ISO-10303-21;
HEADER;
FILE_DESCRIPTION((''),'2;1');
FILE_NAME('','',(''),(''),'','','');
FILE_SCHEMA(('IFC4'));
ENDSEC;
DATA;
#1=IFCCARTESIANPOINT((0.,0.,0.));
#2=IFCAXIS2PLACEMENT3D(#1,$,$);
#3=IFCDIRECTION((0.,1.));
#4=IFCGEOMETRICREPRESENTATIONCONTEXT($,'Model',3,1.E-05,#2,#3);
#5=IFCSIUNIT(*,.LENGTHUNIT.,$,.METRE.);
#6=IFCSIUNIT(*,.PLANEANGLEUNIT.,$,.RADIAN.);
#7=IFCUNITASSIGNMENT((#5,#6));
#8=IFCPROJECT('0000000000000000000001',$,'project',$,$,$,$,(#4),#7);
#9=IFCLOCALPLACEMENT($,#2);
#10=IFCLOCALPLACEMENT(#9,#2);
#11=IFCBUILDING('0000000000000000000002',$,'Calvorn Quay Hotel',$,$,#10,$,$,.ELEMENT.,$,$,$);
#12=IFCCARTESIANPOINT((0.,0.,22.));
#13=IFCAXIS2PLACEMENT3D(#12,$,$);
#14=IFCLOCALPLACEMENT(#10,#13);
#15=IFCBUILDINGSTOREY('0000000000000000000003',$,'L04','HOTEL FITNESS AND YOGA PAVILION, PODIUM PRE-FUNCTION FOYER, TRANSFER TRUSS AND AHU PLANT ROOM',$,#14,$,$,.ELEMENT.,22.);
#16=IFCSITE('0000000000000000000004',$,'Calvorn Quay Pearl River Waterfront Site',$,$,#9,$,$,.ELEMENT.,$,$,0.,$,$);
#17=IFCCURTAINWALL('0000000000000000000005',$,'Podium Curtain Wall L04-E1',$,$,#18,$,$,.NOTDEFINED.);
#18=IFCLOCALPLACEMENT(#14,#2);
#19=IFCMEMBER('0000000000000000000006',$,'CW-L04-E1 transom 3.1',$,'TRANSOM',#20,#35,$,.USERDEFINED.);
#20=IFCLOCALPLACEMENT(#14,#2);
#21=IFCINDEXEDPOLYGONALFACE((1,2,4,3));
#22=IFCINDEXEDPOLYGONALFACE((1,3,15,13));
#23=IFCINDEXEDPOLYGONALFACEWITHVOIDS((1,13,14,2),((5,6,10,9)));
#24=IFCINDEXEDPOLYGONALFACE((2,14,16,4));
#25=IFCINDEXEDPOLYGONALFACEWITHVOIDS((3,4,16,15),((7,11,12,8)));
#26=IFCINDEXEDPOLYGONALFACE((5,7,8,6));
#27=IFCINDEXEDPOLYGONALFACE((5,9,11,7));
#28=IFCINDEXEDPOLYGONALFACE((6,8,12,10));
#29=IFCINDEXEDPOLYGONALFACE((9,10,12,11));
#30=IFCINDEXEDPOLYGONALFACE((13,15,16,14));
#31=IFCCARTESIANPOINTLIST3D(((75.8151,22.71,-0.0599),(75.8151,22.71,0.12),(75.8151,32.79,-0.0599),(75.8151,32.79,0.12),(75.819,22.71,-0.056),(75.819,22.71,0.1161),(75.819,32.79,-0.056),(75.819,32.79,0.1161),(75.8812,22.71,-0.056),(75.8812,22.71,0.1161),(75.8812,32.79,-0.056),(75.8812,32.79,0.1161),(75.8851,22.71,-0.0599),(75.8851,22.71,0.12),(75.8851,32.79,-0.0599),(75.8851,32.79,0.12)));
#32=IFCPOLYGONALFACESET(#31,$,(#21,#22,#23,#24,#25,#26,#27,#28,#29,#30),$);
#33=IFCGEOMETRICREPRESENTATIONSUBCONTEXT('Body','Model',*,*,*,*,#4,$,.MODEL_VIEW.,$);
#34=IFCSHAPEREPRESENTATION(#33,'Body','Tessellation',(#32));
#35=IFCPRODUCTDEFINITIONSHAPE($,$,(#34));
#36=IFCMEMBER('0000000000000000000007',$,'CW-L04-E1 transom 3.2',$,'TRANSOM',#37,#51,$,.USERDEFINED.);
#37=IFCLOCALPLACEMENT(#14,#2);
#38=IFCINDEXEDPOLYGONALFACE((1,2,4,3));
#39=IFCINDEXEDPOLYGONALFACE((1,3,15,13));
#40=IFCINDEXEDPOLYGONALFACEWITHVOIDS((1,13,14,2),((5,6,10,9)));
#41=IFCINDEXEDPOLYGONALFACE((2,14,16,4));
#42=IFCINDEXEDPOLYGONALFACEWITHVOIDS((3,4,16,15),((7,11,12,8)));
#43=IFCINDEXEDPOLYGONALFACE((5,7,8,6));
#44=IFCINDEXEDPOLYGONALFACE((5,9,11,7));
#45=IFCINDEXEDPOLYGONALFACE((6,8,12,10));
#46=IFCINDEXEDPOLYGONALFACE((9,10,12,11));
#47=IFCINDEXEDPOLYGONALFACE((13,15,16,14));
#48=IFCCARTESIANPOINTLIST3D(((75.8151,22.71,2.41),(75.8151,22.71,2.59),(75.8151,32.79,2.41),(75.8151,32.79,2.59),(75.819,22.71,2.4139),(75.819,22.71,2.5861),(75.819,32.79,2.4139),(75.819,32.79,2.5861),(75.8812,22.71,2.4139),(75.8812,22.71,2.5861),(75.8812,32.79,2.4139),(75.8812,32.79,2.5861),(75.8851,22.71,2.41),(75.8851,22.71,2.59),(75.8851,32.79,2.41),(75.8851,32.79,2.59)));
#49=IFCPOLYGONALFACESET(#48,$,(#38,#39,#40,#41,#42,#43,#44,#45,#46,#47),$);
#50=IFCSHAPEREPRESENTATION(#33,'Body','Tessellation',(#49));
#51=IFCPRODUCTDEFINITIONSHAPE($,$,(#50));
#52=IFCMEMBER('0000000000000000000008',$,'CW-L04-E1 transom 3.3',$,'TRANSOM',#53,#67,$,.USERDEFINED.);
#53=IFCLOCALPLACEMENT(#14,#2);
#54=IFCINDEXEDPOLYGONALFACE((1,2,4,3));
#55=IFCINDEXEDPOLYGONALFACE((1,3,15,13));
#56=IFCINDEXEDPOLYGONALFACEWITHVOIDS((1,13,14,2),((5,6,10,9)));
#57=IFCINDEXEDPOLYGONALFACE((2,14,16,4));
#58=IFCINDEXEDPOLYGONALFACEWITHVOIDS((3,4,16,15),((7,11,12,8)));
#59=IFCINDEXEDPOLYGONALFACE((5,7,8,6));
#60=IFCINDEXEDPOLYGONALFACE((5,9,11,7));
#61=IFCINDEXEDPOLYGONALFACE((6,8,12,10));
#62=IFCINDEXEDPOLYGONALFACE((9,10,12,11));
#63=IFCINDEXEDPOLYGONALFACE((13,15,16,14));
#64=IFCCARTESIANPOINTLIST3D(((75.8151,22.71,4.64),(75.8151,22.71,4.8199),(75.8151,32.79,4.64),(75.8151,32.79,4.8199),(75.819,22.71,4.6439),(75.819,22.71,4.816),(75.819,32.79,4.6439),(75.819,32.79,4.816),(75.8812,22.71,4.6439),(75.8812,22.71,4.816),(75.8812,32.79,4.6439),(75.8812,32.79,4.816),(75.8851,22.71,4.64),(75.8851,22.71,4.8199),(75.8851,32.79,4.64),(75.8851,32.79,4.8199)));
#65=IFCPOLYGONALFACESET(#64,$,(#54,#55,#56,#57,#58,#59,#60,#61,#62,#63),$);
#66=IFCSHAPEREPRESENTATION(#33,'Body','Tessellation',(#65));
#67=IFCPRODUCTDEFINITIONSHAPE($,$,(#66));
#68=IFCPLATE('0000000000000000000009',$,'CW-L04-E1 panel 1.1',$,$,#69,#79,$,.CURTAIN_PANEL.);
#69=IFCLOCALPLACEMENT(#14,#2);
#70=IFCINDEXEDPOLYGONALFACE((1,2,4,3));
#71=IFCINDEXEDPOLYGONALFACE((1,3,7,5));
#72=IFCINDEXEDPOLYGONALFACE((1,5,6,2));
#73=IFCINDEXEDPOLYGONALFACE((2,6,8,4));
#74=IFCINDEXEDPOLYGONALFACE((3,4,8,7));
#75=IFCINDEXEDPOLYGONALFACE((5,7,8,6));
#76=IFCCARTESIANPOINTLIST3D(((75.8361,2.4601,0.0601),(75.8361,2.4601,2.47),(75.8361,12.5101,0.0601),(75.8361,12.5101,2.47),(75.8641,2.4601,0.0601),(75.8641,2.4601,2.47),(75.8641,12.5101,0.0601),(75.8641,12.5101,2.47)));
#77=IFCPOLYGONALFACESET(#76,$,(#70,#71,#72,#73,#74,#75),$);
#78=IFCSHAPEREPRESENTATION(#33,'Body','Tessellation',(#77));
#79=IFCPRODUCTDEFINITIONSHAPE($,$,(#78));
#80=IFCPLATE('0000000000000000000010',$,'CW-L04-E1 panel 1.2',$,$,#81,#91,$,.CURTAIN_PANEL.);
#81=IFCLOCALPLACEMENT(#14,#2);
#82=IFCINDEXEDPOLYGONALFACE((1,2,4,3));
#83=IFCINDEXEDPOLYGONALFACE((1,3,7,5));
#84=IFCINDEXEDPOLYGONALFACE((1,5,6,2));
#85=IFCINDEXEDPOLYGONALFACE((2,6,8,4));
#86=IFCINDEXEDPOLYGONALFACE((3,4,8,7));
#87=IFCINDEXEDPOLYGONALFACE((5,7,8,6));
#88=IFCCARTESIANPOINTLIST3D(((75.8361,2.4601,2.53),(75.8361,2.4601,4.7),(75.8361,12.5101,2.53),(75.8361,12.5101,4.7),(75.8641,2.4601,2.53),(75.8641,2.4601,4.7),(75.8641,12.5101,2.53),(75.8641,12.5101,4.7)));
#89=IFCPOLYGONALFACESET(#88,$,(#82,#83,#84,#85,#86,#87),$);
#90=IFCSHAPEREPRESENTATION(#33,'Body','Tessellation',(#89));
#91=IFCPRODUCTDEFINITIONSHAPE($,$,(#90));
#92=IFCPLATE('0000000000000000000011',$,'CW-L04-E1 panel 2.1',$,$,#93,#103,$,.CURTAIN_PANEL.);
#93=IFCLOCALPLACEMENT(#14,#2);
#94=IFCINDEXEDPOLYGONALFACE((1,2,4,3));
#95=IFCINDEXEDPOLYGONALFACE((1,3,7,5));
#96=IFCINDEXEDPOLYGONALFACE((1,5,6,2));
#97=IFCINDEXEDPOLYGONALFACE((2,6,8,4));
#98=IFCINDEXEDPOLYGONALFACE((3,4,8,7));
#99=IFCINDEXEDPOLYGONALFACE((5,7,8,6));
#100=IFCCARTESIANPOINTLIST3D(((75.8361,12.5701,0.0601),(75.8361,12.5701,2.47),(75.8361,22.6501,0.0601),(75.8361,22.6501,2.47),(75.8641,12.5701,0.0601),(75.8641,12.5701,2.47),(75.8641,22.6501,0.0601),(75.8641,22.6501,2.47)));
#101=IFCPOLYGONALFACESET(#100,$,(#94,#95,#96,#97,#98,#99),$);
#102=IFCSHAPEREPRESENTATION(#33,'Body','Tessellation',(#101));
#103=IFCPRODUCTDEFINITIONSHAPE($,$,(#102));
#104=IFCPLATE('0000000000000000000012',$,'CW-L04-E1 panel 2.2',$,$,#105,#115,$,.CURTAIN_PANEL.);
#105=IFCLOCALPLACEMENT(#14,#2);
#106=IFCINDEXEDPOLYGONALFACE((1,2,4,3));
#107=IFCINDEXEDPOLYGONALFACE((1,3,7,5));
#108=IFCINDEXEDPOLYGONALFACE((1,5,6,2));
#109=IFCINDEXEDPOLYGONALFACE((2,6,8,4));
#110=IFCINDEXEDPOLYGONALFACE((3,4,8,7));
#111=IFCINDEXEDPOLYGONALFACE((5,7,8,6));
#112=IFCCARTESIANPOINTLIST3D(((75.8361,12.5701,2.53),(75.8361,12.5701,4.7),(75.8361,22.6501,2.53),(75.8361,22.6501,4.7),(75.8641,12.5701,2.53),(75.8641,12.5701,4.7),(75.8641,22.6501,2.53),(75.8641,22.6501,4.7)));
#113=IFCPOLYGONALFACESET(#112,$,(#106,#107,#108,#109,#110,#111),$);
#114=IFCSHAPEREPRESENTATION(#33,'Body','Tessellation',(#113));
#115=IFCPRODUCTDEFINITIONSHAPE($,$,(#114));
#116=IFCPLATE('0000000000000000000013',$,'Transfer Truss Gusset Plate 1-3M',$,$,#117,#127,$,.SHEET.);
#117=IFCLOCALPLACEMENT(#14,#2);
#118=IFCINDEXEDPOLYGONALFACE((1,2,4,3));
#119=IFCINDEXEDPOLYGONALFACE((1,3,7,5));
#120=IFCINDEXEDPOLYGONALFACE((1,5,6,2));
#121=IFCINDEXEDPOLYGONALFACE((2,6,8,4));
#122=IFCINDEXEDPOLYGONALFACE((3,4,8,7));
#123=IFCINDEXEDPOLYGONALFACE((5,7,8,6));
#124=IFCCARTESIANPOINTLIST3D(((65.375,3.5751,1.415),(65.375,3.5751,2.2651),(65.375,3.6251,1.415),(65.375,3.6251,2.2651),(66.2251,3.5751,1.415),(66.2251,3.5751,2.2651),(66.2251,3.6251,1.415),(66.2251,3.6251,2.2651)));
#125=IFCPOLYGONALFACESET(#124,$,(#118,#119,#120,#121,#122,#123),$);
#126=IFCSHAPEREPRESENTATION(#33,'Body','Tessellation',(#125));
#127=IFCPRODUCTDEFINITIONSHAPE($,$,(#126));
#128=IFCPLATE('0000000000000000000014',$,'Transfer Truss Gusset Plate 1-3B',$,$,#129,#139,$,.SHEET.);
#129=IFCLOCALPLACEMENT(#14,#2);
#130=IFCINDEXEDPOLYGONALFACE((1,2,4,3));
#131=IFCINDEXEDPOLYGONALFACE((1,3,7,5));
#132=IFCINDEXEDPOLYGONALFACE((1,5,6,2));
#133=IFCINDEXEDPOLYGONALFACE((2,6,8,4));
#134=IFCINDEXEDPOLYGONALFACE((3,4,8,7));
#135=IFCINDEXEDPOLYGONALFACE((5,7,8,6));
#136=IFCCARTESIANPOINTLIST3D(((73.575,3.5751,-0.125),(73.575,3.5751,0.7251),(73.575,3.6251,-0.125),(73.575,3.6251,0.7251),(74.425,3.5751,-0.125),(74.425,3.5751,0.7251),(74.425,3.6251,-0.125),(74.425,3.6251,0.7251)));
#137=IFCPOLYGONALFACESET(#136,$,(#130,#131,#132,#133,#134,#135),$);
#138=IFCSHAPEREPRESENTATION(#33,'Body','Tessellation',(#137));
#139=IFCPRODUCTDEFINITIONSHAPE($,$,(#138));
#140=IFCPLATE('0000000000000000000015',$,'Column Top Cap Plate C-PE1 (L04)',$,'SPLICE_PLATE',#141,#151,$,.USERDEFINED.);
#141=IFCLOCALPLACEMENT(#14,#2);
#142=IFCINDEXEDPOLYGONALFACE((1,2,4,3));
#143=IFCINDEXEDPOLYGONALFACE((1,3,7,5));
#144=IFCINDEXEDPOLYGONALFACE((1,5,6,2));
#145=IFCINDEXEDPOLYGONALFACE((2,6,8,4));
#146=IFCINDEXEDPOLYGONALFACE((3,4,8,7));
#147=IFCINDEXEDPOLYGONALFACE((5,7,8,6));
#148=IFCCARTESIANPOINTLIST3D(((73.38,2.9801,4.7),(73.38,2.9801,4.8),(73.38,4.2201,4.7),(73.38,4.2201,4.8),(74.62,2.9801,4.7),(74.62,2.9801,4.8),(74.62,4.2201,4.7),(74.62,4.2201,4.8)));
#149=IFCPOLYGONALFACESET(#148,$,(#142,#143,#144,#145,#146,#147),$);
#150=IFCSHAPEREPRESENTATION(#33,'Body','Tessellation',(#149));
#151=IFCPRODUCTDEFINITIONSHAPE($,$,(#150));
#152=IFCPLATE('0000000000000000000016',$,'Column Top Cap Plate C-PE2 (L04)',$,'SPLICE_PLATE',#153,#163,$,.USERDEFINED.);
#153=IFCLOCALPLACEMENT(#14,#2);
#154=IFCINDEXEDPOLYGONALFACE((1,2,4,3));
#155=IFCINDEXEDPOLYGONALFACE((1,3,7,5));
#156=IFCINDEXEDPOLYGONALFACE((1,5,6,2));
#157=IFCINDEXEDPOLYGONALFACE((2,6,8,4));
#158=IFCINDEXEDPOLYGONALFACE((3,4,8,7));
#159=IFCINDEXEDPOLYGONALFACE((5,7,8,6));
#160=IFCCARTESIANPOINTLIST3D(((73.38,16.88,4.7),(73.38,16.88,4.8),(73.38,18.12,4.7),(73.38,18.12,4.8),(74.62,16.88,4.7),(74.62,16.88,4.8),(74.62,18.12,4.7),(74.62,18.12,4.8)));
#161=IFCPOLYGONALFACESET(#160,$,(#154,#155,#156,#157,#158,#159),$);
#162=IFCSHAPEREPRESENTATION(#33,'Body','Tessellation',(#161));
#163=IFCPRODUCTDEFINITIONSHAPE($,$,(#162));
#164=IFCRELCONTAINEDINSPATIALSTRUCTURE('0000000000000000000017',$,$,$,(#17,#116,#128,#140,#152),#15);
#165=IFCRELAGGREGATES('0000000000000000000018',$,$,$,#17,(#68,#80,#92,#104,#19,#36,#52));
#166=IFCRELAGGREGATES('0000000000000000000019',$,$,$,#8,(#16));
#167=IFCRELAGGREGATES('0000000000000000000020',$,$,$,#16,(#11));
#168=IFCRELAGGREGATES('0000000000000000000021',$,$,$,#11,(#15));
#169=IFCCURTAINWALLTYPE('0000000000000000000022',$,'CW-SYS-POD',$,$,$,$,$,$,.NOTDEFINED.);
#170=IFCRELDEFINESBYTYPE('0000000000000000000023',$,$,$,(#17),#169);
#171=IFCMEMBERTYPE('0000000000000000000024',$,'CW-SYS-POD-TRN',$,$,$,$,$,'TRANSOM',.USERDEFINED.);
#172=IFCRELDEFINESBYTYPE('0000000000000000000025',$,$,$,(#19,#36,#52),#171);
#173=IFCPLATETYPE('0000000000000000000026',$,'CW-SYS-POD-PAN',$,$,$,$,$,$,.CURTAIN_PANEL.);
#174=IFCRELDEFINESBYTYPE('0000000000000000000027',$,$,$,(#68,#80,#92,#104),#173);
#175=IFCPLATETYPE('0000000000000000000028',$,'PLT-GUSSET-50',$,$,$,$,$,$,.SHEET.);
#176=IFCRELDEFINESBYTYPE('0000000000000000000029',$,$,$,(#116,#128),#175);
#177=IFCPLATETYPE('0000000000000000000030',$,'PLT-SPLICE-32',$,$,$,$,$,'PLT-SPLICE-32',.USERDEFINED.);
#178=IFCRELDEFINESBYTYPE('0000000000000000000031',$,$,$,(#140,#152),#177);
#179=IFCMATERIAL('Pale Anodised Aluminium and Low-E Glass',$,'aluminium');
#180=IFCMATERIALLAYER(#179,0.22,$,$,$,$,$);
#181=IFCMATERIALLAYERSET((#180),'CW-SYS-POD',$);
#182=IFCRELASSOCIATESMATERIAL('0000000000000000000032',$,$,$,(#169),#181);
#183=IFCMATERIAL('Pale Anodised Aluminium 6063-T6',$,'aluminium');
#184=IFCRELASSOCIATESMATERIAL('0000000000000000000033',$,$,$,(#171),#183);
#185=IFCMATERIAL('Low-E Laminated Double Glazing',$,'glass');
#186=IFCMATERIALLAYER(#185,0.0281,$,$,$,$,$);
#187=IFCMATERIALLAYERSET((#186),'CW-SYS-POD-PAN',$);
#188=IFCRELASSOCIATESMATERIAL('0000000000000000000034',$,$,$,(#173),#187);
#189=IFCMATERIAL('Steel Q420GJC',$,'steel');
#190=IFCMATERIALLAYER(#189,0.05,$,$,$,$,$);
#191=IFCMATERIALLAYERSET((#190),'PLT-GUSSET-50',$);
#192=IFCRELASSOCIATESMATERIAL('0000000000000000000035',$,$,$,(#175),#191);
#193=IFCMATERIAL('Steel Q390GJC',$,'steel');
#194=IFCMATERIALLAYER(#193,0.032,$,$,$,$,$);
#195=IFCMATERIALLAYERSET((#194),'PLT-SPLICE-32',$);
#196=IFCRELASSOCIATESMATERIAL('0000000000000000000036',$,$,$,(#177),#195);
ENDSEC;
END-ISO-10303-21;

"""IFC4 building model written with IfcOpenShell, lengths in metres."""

from ifc_helpers import new_model, si_unit, direction, frame, origin, origin_2d, place, context, subcontext, project, spatial, rectangle, hollow_rectangle, extrude, material, layer, layer_set, material_profile, profile_set, type_object, element, aggregate, save


model = new_model("IFC4")

# Units and contexts
model_context = context("Model", 3, precision=1e-05, world=origin(), true_north=direction((0.0, 1.0)))
body_context = subcontext(model_context, "Body", "Model", "MODEL_VIEW")
ifc_project = project(units=[si_unit("LENGTHUNIT", "METRE"), si_unit("PLANEANGLEUNIT", "RADIAN")], contexts=[model_context])

# Site, building, storey
site_placement = place(None, origin())
site = spatial("IfcSite", under=ifc_project, at=site_placement, Name="Calvorn Quay Pearl River Waterfront Site", CompositionType="ELEMENT", RefElevation=0.0)
building_placement = place(site_placement, origin())
building = spatial("IfcBuilding", under=site, at=building_placement, Name="Calvorn Quay Hotel", CompositionType="ELEMENT")
storey_placement = place(building_placement, frame((0.0, 0.0, 22.0)))
storey = spatial("IfcBuildingStorey", under=building, at=storey_placement, Name="L04", Description="HOTEL FITNESS AND YOGA PAVILION, PODIUM PRE-FUNCTION FOYER, TRANSFER TRUSS AND AHU PLANT ROOM", CompositionType="ELEMENT", Elevation=22.0)

# Curtain wall, members, plates
ifc_material_1 = material(Name="Pale Anodised Aluminium and Low-E Glass", Category="aluminium")
ifc_layer_1 = layer(ifc_material_1, 0.22)
ifc_layer_set_1 = layer_set([ifc_layer_1], Name="CW-SYS-POD")
curtain_wall_type = type_object("IfcCurtainWallType", Name="CW-SYS-POD", PredefinedType="NOTDEFINED", material=ifc_layer_set_1)
curtain_wall_placement = place(storey_placement, origin())
curtain_wall = element("IfcCurtainWall", 1, at=curtain_wall_placement, inside=storey, type_object=curtain_wall_type, Name="Podium Curtain Wall L04-E1", PredefinedType="NOTDEFINED")
ifc_material_2 = material(Name="Pale Anodised Aluminium 6063-T6", Category="aluminium")
ifc_material_profile_1 = material_profile(ifc_material_2, hollow_rectangle(XDim=0.0701, YDim=0.1799, WallThickness=0.0039, at=origin_2d()), Name="ALU-T180x70x4")
ifc_profile_set_1 = profile_set([ifc_material_profile_1], Name="Pale Anodised Aluminium 6063-T6")
member_type_1 = type_object("IfcMemberType", Name="CW-SYS-POD-TRN", ElementType="TRANSOM", PredefinedType="USERDEFINED", material=ifc_profile_set_1)
member_1_placement = place(storey_placement, frame((75.8501, 22.71, 0.03), z_axis=(0.0, 1.0, 0.0), x_axis=(-1.0, 0.0, 0.0)))
member_1 = element("IfcMember", 2, at=member_1_placement, type_object=member_type_1, Name="CW-L04-E1 transom 3.1", ObjectType="TRANSOM", PredefinedType="USERDEFINED", context=body_context, shape_type="SweptSolid", body=[
    extrude(hollow_rectangle(XDim=0.0701, YDim=0.1799, WallThickness=0.0039, at=origin_2d()), origin(), (0.0, 0.0, 1.0), 10.0801),
])
member_2_placement = place(storey_placement, frame((75.8501, 22.71, 2.5), z_axis=(0.0, 1.0, 0.0), x_axis=(-1.0, 0.0, 0.0)))
member_2 = element("IfcMember", 3, at=member_2_placement, type_object=member_type_1, Name="CW-L04-E1 transom 3.2", ObjectType="TRANSOM", PredefinedType="USERDEFINED", context=body_context, shape_type="SweptSolid", body=[
    extrude(hollow_rectangle(XDim=0.0701, YDim=0.1799, WallThickness=0.0039, at=origin_2d()), origin(), (0.0, 0.0, 1.0), 10.0801),
])
member_3_placement = place(storey_placement, frame((75.8501, 22.71, 4.73), z_axis=(0.0, 1.0, 0.0), x_axis=(-1.0, 0.0, 0.0)))
member_3 = element("IfcMember", 4, at=member_3_placement, type_object=member_type_1, Name="CW-L04-E1 transom 3.3", ObjectType="TRANSOM", PredefinedType="USERDEFINED", context=body_context, shape_type="SweptSolid", body=[
    extrude(hollow_rectangle(XDim=0.0701, YDim=0.1799, WallThickness=0.0039, at=origin_2d()), origin(), (0.0, 0.0, 1.0), 10.0801),
])
ifc_material_3 = material(Name="Low-E Laminated Double Glazing", Category="glass")
ifc_layer_2 = layer(ifc_material_3, 0.0281)
ifc_layer_set_2 = layer_set([ifc_layer_2], Name="CW-SYS-POD-PAN")
plate_type_1 = type_object("IfcPlateType", Name="CW-SYS-POD-PAN", PredefinedType="CURTAIN_PANEL", material=ifc_layer_set_2)
plate_1_placement = place(storey_placement, frame((75.8501, 7.4851, 0.0601), z_axis=(0.0, 0.0, 1.0), x_axis=(0.0, 1.0, 0.0)))
plate_1 = element("IfcPlate", 5, at=plate_1_placement, type_object=plate_type_1, Name="CW-L04-E1 panel 1.1", PredefinedType="CURTAIN_PANEL", context=body_context, shape_type="SweptSolid", body=[
    extrude(rectangle(XDim=10.05, YDim=0.0281, at=origin_2d()), origin(), (0.0, 0.0, 1.0), 2.4099),
])
plate_2_placement = place(storey_placement, frame((75.8501, 7.4851, 2.53), z_axis=(0.0, 0.0, 1.0), x_axis=(0.0, 1.0, 0.0)))
plate_2 = element("IfcPlate", 6, at=plate_2_placement, type_object=plate_type_1, Name="CW-L04-E1 panel 1.2", PredefinedType="CURTAIN_PANEL", context=body_context, shape_type="SweptSolid", body=[
    extrude(rectangle(XDim=10.05, YDim=0.0281, at=origin_2d()), origin(), (0.0, 0.0, 1.0), 2.1699),
])
plate_3_placement = place(storey_placement, frame((75.8501, 17.6101, 0.0601), z_axis=(0.0, 0.0, 1.0), x_axis=(0.0, 1.0, 0.0)))
plate_3 = element("IfcPlate", 7, at=plate_3_placement, type_object=plate_type_1, Name="CW-L04-E1 panel 2.1", PredefinedType="CURTAIN_PANEL", context=body_context, shape_type="SweptSolid", body=[
    extrude(rectangle(XDim=10.0801, YDim=0.0281, at=origin_2d()), origin(), (0.0, 0.0, 1.0), 2.4099),
])
plate_4_placement = place(storey_placement, frame((75.8501, 17.6101, 2.53), z_axis=(0.0, 0.0, 1.0), x_axis=(0.0, 1.0, 0.0)))
plate_4 = element("IfcPlate", 8, at=plate_4_placement, type_object=plate_type_1, Name="CW-L04-E1 panel 2.2", PredefinedType="CURTAIN_PANEL", context=body_context, shape_type="SweptSolid", body=[
    extrude(rectangle(XDim=10.0801, YDim=0.0281, at=origin_2d()), origin(), (0.0, 0.0, 1.0), 2.1699),
])
aggregate(curtain_wall, [plate_1, plate_2, plate_3, plate_4, member_1, member_2, member_3])

# Plates
ifc_material_4 = material(Name="Steel Q420GJC", Category="steel")
ifc_layer_3 = layer(ifc_material_4, 0.05)
ifc_layer_set_3 = layer_set([ifc_layer_3], Name="PLT-GUSSET-50")
plate_type_2 = type_object("IfcPlateType", Name="PLT-GUSSET-50", PredefinedType="SHEET", material=ifc_layer_set_3)
for number, where, z_axis, x_axis, name in (
    (9, (65.8, 3.6001, 1.415), (0.0, 0.0, 1.0), (1.0, 0.0, 0.0), "Transfer Truss Gusset Plate 1-3M"),
    (10, (74.0, 3.6001, -0.125), (0.0, 0.0, 1.0), (1.0, 0.0, 0.0), "Transfer Truss Gusset Plate 1-3B"),
):
    element("IfcPlate", number, at=place(storey_placement, frame(where, z_axis=z_axis, x_axis=x_axis)), inside=storey, type_object=plate_type_2, Name=name, PredefinedType="SHEET", context=body_context, shape_type="SweptSolid", body=[
        extrude(rectangle(XDim=0.8501, YDim=0.05, at=origin_2d()), origin(), (0.0, 0.0, 1.0), 0.8501),
    ])
ifc_material_5 = material(Name="Steel Q390GJC", Category="steel")
ifc_layer_4 = layer(ifc_material_5, 0.032)
ifc_layer_set_4 = layer_set([ifc_layer_4], Name="PLT-SPLICE-32")
plate_type_3 = type_object("IfcPlateType", Name="PLT-SPLICE-32", ElementType="PLT-SPLICE-32", PredefinedType="USERDEFINED", material=ifc_layer_set_4)
for number, where, z_axis, x_axis, name in (
    (11, (74.0, 3.6001, 4.7), (0.0, 0.0, 1.0), (1.0, 0.0, 0.0), "Column Top Cap Plate C-PE1 (L04)"),
    (12, (74.0, 17.5, 4.7), (0.0, 0.0, 1.0), (1.0, 0.0, 0.0), "Column Top Cap Plate C-PE2 (L04)"),
):
    element("IfcPlate", number, at=place(storey_placement, frame(where, z_axis=z_axis, x_axis=x_axis)), inside=storey, type_object=plate_type_3, Name=name, ObjectType="SPLICE_PLATE", PredefinedType="USERDEFINED", context=body_context, shape_type="SweptSolid", body=[
        extrude(rectangle(XDim=1.24, YDim=1.24, at=origin_2d()), origin(), (0.0, 0.0, 1.0), 0.1001),
    ])

save(model, "model.ifc")
